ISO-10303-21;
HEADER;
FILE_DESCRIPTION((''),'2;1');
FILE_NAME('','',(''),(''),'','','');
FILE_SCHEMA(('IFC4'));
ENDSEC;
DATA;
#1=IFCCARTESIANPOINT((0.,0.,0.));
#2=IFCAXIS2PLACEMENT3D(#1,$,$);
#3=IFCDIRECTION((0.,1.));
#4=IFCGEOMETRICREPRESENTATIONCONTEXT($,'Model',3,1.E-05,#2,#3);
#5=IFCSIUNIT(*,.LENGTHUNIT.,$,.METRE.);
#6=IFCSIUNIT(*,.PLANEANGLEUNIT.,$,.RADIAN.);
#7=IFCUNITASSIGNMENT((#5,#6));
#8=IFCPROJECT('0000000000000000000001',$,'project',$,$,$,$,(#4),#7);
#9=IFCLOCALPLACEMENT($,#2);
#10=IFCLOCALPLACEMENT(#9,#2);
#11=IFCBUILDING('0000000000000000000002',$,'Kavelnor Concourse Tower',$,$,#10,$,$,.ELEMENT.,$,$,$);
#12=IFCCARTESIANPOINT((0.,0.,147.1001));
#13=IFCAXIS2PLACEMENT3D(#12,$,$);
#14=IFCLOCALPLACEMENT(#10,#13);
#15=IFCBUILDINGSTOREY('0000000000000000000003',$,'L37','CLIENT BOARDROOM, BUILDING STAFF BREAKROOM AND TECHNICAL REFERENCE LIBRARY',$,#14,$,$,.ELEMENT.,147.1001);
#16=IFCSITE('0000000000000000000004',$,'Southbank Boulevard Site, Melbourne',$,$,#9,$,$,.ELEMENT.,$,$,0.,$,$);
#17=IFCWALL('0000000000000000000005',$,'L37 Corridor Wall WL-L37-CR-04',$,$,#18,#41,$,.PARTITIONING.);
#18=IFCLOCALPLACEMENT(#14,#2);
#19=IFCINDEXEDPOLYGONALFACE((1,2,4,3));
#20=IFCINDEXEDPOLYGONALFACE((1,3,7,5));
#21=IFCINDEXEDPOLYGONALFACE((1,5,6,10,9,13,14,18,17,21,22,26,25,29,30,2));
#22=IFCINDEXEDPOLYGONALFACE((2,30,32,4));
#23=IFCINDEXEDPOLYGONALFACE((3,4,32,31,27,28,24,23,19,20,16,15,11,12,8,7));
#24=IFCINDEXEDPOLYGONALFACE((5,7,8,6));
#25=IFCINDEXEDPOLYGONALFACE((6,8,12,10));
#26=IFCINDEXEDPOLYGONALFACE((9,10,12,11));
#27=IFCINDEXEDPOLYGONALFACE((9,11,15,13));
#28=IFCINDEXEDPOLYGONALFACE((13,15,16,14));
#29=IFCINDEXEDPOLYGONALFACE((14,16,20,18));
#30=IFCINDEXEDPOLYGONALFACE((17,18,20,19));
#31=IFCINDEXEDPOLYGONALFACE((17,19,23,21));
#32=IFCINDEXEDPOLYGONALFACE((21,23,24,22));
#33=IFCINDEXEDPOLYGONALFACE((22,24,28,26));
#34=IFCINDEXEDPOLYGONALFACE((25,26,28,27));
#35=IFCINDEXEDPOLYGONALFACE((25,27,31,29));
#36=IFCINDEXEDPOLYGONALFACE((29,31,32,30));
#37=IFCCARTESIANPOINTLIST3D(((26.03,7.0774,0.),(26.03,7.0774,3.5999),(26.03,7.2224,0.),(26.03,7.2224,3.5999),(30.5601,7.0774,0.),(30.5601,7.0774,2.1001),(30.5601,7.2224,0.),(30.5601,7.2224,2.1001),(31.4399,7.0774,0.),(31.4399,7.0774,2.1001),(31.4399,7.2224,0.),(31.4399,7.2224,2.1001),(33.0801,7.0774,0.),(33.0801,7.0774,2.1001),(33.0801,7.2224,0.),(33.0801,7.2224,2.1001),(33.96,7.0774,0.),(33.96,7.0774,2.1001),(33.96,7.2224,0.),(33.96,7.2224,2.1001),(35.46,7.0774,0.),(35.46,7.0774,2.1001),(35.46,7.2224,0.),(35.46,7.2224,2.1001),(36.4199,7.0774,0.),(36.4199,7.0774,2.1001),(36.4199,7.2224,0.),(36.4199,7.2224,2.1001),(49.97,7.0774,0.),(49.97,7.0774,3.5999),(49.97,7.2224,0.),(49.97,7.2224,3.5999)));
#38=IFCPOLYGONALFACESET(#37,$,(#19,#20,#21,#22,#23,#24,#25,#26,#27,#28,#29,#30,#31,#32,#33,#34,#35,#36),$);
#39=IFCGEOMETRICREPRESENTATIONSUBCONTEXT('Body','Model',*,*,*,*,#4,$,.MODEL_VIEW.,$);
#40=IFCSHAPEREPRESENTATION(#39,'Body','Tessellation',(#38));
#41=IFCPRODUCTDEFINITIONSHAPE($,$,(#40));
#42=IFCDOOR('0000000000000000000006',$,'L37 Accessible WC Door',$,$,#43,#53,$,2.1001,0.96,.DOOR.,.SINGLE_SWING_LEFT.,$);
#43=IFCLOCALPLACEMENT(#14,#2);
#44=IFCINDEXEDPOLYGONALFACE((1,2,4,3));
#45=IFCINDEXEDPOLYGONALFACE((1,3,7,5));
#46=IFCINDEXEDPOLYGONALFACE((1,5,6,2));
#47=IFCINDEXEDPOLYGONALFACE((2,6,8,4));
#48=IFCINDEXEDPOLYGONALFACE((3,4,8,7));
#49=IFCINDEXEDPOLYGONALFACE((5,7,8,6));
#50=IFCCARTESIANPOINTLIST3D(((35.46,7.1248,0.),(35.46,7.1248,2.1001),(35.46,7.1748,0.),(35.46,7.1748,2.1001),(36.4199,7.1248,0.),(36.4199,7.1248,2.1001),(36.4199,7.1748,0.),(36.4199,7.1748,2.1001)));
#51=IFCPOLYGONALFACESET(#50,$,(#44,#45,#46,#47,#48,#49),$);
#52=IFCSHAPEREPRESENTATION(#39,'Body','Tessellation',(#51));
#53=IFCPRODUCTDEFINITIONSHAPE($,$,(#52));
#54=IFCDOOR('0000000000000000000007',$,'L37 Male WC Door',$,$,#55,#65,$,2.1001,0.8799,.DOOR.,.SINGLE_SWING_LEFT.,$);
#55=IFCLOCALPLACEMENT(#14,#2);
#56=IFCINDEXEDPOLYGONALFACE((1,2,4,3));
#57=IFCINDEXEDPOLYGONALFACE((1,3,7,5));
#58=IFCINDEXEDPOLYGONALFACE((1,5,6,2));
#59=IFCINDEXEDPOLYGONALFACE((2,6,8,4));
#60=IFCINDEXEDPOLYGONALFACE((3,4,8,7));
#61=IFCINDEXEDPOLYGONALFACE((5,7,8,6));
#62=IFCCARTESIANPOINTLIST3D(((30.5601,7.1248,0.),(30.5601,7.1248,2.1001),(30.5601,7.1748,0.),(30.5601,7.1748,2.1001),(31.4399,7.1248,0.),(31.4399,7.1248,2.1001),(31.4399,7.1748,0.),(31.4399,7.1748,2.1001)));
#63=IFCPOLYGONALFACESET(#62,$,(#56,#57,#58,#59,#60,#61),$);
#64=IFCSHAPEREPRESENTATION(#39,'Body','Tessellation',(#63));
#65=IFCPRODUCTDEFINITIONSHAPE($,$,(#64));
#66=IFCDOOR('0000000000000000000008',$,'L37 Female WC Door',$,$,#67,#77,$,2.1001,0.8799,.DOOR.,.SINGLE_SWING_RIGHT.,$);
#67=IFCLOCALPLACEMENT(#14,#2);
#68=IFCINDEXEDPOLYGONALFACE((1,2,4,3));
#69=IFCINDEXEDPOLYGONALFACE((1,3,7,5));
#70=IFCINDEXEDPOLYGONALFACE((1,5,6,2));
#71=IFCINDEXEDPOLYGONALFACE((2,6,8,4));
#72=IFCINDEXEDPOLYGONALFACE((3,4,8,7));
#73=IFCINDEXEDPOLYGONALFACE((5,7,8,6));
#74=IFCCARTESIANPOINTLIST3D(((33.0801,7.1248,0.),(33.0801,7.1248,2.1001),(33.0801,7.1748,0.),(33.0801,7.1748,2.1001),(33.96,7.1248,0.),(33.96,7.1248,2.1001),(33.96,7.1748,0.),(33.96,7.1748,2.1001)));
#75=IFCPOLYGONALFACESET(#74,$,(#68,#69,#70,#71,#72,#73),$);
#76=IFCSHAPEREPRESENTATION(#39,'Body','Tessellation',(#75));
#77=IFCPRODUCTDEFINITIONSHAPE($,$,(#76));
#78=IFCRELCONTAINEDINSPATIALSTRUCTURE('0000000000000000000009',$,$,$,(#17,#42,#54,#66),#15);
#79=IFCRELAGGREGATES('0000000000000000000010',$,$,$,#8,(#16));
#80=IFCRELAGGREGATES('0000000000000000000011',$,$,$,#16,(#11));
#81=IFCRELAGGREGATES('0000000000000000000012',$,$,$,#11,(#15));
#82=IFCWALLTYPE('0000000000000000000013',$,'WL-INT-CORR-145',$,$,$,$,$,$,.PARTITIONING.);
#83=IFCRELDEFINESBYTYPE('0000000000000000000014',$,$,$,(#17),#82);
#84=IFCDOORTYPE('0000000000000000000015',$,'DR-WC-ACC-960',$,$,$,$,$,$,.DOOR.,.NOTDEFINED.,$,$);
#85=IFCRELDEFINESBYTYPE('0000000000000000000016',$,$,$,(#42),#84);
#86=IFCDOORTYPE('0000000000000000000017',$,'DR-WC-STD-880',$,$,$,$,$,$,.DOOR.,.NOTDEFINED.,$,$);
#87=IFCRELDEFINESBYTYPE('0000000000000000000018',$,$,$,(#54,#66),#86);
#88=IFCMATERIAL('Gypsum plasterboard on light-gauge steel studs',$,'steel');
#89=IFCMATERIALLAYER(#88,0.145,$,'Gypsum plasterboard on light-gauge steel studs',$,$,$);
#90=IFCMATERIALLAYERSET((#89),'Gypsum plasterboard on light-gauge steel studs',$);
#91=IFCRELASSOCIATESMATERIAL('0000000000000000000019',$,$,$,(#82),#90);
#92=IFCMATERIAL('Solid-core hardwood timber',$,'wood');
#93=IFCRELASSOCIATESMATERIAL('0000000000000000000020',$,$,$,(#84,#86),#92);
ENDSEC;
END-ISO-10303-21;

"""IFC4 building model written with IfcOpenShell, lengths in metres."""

from ifc_helpers import new_model, si_unit, direction, frame, frame_2d, origin, place, context, subcontext, project, spatial, rectangle, extrude, material, layer, layer_set, type_object, element, fill, save


model = new_model("IFC4")

# Units and contexts
model_context = context("Model", 3, precision=1e-05, world=origin(), true_north=direction((0.0, 1.0)))
body_context = subcontext(model_context, "Body", "Model", "MODEL_VIEW")
ifc_project = project(units=[si_unit("LENGTHUNIT", "METRE"), si_unit("PLANEANGLEUNIT", "RADIAN")], contexts=[model_context])

# Site, building, storey
site_placement = place(None, origin())
site = spatial("IfcSite", under=ifc_project, at=site_placement, Name="Southbank Boulevard Site, Melbourne", CompositionType="ELEMENT", RefElevation=0.0)
building_placement = place(site_placement, origin())
building = spatial("IfcBuilding", under=site, at=building_placement, Name="Kavelnor Concourse Tower", CompositionType="ELEMENT")
storey_placement = place(building_placement, frame((0.0, 0.0, 147.1001)))
storey = spatial("IfcBuildingStorey", under=building, at=storey_placement, Name="L37", Description="CLIENT BOARDROOM, BUILDING STAFF BREAKROOM AND TECHNICAL REFERENCE LIBRARY", CompositionType="ELEMENT", Elevation=147.1001)

# Wall, openings, doors
ifc_material_1 = material(Name="Gypsum plasterboard on light-gauge steel studs", Category="steel")
ifc_layer_1 = layer(ifc_material_1, 0.145, Name="Gypsum plasterboard on light-gauge steel studs")
ifc_layer_set_1 = layer_set([ifc_layer_1], Name="Gypsum plasterboard on light-gauge steel studs")
wall_type_1 = type_object("IfcWallType", Name="WL-INT-CORR-145", PredefinedType="PARTITIONING", material=ifc_layer_set_1)
wall_1_placement = place(storey_placement, frame((26.03, 7.1499, 0.0), z_axis=(0.0, 0.0, 1.0), x_axis=(1.0, 0.0, 0.0)))
wall_1 = element("IfcWall", 1, at=wall_1_placement, inside=storey, type_object=wall_type_1, Name="L37 Corridor Wall WL-L37-CR-04", PredefinedType="PARTITIONING", context=body_context, shape_type="SweptSolid", body=[
    extrude(rectangle(XDim=23.9399, YDim=0.145, at=frame_2d((11.97, 0.0))), origin(), (0.0, 0.0, 1.0), 3.5999),
])
opening_1_placement = place(wall_1_placement, frame((4.53, 0.0, 0.0)))
opening_1 = element("IfcOpeningElement", 2, at=opening_1_placement, cuts=wall_1, PredefinedType="OPENING", context=body_context, shape_type="SweptSolid", body=[
    extrude(rectangle(XDim=0.8799, YDim=2.1001, at=frame_2d((0.4399, 1.05))), frame((0.0, 0.0825, 0.0), z_axis=(0.0, -1.0, 0.0), x_axis=(1.0, 0.0, 0.0)), (0.0, 0.0, 1.0), 0.165),
])
opening_2_placement = place(wall_1_placement, frame((7.05, 0.0, 0.0)))
opening_2 = element("IfcOpeningElement", 3, at=opening_2_placement, cuts=wall_1, PredefinedType="OPENING", context=body_context, shape_type="SweptSolid", body=[
    extrude(rectangle(XDim=0.8799, YDim=2.1001, at=frame_2d((0.4399, 1.05))), frame((0.0, 0.0825, 0.0), z_axis=(0.0, -1.0, 0.0), x_axis=(1.0, 0.0, 0.0)), (0.0, 0.0, 1.0), 0.165),
])
opening_3_placement = place(wall_1_placement, frame((9.4299, 0.0, 0.0)))
opening_3 = element("IfcOpeningElement", 4, at=opening_3_placement, cuts=wall_1, PredefinedType="OPENING", context=body_context, shape_type="SweptSolid", body=[
    extrude(rectangle(XDim=0.96, YDim=2.1001, at=frame_2d((0.48, 1.05))), frame((0.0, 0.0825, 0.0), z_axis=(0.0, -1.0, 0.0), x_axis=(1.0, 0.0, 0.0)), (0.0, 0.0, 1.0), 0.165),
])
ifc_material_2 = material(Name="Solid-core hardwood timber", Category="wood")
door_type_1 = type_object("IfcDoorType", Name="DR-WC-ACC-960", OperationType="NOTDEFINED", PredefinedType="DOOR", material=ifc_material_2)
door_1_placement = place(opening_3_placement, origin())
door_1 = element("IfcDoor", 5, at=door_1_placement, inside=storey, type_object=door_type_1, Name="L37 Accessible WC Door", OperationType="SINGLE_SWING_LEFT", OverallHeight=2.1001, OverallWidth=0.96, PredefinedType="DOOR", context=body_context, shape_type="SweptSolid", body=[
    extrude(rectangle(XDim=0.96, YDim=2.1001, at=frame_2d((0.48, 1.05))), frame((0.0, 0.0249, 0.0), z_axis=(0.0, -1.0, 0.0), x_axis=(1.0, 0.0, 0.0)), (0.0, 0.0, 1.0), 0.05),
])
fill(opening_3, door_1)
door_type_2 = type_object("IfcDoorType", Name="DR-WC-STD-880", OperationType="NOTDEFINED", PredefinedType="DOOR", material=ifc_material_2)
door_2_placement = place(opening_1_placement, origin())
door_2 = element("IfcDoor", 6, at=door_2_placement, inside=storey, type_object=door_type_2, Name="L37 Male WC Door", OperationType="SINGLE_SWING_LEFT", OverallHeight=2.1001, OverallWidth=0.8799, PredefinedType="DOOR", context=body_context, shape_type="SweptSolid", body=[
    extrude(rectangle(XDim=0.8799, YDim=2.1001, at=frame_2d((0.4399, 1.05))), frame((0.0, 0.0249, 0.0), z_axis=(0.0, -1.0, 0.0), x_axis=(1.0, 0.0, 0.0)), (0.0, 0.0, 1.0), 0.05),
])
fill(opening_1, door_2)
door_3_placement = place(opening_2_placement, origin())
door_3 = element("IfcDoor", 7, at=door_3_placement, inside=storey, type_object=door_type_2, Name="L37 Female WC Door", OperationType="SINGLE_SWING_RIGHT", OverallHeight=2.1001, OverallWidth=0.8799, PredefinedType="DOOR", context=body_context, shape_type="SweptSolid", body=[
    extrude(rectangle(XDim=0.8799, YDim=2.1001, at=frame_2d((0.4399, 1.05))), frame((0.0, 0.0249, 0.0), z_axis=(0.0, -1.0, 0.0), x_axis=(1.0, 0.0, 0.0)), (0.0, 0.0, 1.0), 0.05),
])
fill(opening_2, door_3)

save(model, "model.ifc")
